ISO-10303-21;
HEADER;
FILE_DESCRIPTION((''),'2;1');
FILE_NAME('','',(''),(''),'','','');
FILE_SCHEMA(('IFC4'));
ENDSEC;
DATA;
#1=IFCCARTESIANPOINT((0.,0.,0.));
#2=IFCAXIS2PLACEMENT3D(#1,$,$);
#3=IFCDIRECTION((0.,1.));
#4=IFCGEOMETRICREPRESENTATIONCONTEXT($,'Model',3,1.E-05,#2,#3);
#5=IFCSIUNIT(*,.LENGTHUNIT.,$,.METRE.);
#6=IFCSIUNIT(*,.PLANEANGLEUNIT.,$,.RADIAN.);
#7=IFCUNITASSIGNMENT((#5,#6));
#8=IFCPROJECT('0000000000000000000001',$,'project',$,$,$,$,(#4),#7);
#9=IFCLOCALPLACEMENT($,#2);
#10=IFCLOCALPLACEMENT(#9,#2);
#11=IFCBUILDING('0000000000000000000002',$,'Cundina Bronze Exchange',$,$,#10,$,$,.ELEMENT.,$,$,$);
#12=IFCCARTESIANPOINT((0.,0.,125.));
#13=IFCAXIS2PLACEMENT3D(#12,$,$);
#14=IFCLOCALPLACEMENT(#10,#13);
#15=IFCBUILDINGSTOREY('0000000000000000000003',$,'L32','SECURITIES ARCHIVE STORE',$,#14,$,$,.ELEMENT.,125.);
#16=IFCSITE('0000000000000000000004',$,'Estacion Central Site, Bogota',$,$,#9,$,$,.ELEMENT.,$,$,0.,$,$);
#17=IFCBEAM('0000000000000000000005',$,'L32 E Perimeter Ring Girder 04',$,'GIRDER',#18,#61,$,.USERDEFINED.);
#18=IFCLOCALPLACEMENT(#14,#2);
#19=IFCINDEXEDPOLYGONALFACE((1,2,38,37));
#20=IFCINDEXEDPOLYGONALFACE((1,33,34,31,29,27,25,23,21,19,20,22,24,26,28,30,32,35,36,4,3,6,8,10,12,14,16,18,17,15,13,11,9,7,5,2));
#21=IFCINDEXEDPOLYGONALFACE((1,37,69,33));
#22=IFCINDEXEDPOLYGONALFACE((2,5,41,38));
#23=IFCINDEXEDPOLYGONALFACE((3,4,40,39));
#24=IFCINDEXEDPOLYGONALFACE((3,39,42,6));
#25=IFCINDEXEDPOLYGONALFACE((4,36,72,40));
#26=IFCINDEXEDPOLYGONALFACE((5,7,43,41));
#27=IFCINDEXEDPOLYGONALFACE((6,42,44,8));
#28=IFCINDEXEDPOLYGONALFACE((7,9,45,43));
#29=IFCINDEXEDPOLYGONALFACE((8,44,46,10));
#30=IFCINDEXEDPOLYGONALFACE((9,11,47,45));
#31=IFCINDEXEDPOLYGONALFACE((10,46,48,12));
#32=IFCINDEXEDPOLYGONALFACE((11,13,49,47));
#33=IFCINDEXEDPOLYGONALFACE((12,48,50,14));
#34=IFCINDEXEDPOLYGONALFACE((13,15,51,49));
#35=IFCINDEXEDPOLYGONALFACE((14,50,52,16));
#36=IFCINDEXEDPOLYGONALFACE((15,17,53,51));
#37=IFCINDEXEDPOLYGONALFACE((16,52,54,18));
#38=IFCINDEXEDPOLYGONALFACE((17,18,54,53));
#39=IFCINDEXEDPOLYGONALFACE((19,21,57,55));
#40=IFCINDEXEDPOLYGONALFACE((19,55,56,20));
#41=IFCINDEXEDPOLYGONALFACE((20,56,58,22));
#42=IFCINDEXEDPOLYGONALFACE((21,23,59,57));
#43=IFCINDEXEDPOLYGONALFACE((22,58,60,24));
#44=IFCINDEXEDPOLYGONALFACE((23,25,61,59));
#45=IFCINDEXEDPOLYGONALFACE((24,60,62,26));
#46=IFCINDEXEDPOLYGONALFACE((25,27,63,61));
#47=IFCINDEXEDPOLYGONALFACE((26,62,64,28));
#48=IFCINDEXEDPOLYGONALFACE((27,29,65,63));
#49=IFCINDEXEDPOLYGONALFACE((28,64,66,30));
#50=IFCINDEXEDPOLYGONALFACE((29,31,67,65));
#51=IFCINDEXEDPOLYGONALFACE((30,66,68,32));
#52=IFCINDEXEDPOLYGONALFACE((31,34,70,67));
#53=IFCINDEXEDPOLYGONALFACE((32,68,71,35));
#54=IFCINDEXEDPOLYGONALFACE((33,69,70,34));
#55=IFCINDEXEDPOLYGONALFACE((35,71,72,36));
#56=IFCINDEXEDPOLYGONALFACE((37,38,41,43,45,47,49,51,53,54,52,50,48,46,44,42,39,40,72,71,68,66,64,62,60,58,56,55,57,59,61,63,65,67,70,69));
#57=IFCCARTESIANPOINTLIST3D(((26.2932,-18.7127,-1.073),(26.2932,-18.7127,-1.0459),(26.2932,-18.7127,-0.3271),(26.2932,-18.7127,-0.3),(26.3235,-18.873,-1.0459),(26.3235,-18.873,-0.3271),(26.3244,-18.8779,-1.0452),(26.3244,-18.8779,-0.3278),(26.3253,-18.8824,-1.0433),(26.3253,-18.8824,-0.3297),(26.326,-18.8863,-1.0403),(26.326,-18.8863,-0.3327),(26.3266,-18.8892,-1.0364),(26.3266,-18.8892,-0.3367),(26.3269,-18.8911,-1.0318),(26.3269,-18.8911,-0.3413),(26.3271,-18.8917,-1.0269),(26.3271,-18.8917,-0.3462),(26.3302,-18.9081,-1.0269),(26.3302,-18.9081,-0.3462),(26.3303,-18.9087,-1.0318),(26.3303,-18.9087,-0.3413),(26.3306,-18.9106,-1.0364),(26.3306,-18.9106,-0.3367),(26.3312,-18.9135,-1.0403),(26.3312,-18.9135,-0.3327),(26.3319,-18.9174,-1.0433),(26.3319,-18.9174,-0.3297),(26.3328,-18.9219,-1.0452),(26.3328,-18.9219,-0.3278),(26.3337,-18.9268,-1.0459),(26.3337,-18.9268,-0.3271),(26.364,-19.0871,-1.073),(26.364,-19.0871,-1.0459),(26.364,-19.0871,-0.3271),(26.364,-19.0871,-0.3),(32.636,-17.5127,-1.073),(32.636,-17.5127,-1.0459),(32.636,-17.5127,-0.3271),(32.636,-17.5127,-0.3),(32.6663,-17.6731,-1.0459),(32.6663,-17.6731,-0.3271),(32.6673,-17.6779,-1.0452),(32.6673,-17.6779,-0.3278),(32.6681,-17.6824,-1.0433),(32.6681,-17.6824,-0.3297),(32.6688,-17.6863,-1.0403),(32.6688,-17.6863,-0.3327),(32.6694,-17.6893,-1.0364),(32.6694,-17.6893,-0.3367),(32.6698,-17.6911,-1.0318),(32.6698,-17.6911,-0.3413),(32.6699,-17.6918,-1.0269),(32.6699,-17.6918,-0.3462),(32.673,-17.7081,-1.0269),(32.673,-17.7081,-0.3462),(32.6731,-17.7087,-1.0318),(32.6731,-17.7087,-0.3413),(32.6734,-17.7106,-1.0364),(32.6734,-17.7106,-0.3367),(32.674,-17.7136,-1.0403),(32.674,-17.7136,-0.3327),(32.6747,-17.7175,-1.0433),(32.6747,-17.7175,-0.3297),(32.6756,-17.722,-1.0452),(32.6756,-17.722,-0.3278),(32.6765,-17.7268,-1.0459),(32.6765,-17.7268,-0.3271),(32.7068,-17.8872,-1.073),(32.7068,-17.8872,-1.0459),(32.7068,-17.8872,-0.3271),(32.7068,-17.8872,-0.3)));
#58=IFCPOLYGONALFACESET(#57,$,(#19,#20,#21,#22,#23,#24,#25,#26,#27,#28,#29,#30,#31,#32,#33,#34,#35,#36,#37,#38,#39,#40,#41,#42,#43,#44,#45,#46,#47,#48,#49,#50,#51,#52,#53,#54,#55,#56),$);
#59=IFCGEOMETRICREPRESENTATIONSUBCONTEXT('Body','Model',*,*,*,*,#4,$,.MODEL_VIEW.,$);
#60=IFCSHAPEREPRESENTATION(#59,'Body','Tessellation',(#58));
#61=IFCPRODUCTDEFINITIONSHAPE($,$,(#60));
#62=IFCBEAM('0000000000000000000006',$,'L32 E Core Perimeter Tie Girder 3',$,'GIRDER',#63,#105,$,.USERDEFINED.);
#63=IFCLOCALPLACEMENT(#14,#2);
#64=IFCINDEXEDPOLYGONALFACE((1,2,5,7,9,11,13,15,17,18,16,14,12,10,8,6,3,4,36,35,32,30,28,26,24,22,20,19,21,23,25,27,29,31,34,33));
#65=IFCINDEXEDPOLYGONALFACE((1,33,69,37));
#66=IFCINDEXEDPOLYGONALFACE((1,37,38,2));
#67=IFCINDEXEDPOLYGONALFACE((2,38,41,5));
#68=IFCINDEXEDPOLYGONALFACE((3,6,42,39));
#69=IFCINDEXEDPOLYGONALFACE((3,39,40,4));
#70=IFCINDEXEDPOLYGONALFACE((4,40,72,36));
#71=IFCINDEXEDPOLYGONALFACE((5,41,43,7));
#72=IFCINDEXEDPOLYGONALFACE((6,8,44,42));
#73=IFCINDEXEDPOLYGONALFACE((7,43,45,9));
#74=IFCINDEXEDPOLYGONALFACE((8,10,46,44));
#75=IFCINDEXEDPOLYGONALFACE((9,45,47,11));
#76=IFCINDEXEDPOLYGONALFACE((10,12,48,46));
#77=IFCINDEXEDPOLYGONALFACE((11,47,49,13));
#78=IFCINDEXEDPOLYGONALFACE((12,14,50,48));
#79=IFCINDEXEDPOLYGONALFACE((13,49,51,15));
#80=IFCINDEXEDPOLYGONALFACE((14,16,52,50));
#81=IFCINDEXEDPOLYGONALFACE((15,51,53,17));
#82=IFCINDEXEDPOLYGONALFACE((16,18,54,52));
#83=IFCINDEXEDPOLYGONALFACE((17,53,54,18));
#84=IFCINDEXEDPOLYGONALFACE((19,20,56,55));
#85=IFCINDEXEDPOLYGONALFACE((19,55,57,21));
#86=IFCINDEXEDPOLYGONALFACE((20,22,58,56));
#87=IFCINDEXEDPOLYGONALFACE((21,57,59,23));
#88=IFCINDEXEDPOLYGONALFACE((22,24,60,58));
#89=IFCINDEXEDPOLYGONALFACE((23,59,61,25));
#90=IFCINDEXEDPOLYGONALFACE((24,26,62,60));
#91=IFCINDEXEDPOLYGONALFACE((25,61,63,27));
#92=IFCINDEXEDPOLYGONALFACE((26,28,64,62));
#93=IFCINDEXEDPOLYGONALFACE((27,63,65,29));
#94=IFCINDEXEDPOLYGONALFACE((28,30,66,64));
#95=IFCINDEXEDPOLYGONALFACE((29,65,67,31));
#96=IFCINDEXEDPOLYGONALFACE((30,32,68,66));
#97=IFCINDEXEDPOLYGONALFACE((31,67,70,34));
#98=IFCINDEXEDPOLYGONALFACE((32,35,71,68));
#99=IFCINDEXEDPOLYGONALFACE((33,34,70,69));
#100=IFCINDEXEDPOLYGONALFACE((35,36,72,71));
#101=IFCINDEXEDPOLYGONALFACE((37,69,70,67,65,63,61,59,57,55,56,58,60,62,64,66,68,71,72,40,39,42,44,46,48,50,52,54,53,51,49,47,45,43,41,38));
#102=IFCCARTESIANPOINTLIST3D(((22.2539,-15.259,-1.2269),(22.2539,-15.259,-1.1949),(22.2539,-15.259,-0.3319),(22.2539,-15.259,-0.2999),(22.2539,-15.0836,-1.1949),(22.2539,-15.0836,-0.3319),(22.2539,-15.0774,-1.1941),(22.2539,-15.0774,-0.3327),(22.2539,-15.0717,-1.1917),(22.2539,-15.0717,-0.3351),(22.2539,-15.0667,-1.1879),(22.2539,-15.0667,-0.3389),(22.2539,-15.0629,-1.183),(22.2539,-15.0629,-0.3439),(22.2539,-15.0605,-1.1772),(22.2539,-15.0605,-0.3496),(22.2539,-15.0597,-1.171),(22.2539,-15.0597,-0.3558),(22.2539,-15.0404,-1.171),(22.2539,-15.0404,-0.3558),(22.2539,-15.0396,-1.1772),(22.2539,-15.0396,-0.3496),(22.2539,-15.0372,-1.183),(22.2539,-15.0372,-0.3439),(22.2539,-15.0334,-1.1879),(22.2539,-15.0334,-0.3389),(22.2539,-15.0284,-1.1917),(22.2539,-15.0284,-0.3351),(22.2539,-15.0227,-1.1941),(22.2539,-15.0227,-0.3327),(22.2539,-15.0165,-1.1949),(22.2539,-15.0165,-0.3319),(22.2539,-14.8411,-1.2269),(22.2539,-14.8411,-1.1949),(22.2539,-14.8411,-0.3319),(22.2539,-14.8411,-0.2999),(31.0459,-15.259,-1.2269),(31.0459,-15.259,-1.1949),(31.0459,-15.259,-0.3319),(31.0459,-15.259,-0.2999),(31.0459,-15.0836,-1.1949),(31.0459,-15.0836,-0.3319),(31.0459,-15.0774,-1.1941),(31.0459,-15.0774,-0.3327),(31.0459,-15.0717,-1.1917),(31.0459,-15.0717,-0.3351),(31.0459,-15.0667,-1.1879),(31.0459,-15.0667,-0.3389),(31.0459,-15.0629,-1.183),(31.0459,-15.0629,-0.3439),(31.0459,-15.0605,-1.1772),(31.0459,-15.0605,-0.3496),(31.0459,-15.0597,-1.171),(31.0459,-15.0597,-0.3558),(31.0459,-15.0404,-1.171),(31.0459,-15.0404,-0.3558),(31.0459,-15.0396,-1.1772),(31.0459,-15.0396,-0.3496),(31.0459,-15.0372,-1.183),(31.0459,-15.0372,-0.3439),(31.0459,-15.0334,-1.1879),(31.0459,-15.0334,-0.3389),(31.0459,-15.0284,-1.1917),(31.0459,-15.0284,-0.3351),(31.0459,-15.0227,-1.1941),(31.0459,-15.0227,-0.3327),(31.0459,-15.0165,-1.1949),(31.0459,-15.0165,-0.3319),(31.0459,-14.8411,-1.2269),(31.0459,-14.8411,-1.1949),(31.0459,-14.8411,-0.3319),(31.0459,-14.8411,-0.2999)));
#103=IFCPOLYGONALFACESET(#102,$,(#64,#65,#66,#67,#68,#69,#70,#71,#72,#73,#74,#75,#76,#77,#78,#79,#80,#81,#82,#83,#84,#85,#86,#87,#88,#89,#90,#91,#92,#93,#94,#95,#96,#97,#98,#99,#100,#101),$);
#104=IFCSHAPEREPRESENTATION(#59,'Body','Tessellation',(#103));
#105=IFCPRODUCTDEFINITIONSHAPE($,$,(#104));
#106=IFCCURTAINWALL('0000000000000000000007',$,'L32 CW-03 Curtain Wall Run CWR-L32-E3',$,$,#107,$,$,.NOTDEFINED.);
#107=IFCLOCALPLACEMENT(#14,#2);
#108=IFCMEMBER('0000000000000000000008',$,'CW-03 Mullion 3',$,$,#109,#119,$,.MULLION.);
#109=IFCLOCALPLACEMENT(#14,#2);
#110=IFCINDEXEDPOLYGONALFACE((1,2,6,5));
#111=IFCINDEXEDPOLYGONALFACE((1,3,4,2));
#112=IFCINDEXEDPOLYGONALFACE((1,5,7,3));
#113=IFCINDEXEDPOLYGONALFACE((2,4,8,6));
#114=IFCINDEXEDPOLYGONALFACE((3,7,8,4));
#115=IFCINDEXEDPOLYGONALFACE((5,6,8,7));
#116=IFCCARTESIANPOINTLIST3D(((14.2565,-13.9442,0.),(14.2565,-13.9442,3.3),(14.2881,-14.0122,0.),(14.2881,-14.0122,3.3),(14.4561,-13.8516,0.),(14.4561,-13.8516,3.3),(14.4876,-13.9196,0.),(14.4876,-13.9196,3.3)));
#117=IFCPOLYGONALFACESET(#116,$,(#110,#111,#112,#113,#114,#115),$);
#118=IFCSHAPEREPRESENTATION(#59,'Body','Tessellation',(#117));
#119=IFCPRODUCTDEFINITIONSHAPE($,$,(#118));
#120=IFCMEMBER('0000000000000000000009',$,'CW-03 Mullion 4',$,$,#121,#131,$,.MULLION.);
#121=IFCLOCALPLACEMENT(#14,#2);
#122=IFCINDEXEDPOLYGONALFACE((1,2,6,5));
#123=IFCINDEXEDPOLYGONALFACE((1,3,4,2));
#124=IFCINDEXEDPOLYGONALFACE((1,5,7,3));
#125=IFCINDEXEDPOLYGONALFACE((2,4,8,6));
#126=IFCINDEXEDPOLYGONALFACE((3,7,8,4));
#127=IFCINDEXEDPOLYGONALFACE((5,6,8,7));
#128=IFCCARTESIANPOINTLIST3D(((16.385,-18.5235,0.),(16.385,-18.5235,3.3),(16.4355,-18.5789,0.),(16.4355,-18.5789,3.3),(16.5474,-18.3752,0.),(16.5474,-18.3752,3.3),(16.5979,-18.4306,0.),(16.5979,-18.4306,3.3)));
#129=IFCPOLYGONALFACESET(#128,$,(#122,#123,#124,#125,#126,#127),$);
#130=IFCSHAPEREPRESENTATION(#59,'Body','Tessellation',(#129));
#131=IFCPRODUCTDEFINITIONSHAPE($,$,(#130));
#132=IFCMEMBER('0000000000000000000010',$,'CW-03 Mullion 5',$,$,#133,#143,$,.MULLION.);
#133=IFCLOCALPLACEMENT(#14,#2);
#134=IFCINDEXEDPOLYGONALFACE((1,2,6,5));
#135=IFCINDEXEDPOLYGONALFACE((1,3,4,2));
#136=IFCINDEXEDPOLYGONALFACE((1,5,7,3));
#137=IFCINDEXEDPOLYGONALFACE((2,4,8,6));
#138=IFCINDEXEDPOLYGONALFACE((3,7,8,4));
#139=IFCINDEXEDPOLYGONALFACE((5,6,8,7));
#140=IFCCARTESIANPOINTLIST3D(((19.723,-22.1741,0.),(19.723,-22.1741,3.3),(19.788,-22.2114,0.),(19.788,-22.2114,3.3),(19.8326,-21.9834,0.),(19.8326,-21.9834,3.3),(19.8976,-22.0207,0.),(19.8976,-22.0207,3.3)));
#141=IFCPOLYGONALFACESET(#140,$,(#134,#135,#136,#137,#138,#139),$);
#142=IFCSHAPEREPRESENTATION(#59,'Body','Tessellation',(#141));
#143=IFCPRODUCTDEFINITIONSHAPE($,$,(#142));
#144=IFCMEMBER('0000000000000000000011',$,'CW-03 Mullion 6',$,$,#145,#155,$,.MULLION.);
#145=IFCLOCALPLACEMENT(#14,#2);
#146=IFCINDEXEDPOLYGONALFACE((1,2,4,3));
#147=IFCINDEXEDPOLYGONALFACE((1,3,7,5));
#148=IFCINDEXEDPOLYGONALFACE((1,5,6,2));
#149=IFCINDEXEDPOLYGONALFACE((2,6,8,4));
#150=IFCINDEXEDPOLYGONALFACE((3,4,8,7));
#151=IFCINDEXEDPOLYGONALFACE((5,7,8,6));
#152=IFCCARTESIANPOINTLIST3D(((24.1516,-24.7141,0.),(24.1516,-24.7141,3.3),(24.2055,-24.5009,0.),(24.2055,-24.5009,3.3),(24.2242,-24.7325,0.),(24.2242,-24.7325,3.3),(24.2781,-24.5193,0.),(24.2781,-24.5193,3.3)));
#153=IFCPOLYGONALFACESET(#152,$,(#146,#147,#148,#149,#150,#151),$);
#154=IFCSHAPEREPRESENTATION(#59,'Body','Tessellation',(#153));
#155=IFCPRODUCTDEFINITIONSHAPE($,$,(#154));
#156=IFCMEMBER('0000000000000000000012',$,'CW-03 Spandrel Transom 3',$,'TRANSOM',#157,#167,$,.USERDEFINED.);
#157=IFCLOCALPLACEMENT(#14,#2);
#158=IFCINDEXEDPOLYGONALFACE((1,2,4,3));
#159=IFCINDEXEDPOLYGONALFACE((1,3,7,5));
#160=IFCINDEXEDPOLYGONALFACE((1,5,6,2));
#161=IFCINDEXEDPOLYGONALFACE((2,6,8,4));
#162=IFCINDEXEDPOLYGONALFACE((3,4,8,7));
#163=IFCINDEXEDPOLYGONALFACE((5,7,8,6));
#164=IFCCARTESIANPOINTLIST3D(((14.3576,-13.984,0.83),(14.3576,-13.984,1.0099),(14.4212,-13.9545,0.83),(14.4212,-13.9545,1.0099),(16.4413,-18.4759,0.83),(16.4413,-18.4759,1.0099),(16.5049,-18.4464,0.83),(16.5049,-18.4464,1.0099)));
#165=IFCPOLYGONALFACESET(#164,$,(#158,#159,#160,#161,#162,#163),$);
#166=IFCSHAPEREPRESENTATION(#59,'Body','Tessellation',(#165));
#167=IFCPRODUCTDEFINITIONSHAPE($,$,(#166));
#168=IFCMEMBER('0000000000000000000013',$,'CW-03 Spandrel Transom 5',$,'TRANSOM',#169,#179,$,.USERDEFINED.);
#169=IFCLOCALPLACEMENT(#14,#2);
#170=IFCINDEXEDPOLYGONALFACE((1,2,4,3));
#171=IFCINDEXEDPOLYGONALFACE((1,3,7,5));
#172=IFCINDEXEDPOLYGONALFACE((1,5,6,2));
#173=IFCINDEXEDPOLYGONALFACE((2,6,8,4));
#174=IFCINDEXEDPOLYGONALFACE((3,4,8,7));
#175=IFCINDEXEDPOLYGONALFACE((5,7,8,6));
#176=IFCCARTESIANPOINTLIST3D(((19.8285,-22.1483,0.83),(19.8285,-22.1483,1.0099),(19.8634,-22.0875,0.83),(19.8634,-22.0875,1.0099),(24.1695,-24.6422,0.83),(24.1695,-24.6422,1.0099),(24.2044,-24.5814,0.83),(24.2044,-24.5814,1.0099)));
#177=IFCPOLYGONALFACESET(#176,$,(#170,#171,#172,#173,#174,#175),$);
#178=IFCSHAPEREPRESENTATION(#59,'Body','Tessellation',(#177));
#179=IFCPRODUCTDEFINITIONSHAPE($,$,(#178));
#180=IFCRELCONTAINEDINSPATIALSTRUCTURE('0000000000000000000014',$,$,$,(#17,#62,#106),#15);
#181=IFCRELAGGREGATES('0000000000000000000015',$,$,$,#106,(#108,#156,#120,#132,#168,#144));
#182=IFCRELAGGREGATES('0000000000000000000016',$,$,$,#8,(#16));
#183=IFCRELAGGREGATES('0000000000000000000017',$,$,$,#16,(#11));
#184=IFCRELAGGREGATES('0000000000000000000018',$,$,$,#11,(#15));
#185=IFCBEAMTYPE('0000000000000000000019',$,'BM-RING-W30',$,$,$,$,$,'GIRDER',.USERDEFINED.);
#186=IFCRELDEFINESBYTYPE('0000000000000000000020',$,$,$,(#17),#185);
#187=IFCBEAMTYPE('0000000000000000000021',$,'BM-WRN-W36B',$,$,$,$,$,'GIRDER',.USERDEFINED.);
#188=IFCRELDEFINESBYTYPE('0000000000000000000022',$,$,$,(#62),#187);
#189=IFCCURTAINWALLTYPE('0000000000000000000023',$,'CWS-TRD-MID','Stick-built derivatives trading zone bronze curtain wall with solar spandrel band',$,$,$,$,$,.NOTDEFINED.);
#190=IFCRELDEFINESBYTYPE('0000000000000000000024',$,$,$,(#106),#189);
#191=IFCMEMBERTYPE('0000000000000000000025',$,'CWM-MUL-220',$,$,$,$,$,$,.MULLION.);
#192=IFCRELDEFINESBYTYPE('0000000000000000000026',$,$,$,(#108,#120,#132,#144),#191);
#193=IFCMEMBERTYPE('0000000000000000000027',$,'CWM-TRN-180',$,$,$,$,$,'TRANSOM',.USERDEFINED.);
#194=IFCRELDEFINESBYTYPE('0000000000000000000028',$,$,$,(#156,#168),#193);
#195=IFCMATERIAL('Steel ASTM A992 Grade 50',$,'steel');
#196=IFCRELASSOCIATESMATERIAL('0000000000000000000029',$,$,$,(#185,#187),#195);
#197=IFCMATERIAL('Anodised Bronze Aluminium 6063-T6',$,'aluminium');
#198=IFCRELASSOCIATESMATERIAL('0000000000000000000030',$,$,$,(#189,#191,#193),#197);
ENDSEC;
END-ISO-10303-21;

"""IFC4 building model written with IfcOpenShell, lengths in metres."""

from ifc_helpers import new_model, si_unit, direction, frame, origin, origin_2d, place, context, subcontext, project, spatial, rectangle, i_section, extrude, material, material_profile, profile_set, type_object, element, aggregate, save


model = new_model("IFC4")

# Units and contexts
model_context = context("Model", 3, precision=1e-05, world=origin(), true_north=direction((0.0, 1.0)))
body_context = subcontext(model_context, "Body", "Model", "MODEL_VIEW")
ifc_project = project(units=[si_unit("LENGTHUNIT", "METRE"), si_unit("PLANEANGLEUNIT", "RADIAN")], contexts=[model_context])

# Site, building, storey
site_placement = place(None, origin())
site = spatial("IfcSite", under=ifc_project, at=site_placement, Name="Estacion Central Site, Bogota", CompositionType="ELEMENT", RefElevation=0.0)
building_placement = place(site_placement, origin())
building = spatial("IfcBuilding", under=site, at=building_placement, Name="Cundina Bronze Exchange", CompositionType="ELEMENT")
storey_placement = place(building_placement, frame((0.0, 0.0, 125.0)))
storey = spatial("IfcBuildingStorey", under=building, at=storey_placement, Name="L32", Description="SECURITIES ARCHIVE STORE", CompositionType="ELEMENT", Elevation=125.0)

# Shared definitions
ifc_material_1 = material(Name="Steel ASTM A992 Grade 50", Category="steel")

# Beams
ifc_material_profile_1 = material_profile(ifc_material_1, i_section(OverallWidth=0.3811, OverallDepth=0.7729, WebThickness=0.0166, FlangeThickness=0.0271, FilletRadius=0.019, at=origin_2d()), Name="W30X173", Category="steel")
ifc_profile_set_1 = profile_set([ifc_material_profile_1], Name="Steel ASTM A992 Grade 50")
beam_type_1 = type_object("IfcBeamType", Name="BM-RING-W30", ElementType="GIRDER", PredefinedType="USERDEFINED", material=ifc_profile_set_1)
beam_1_placement = place(storey_placement, frame((26.3286, -18.8999, -0.6865), z_axis=(0.982571, 0.185887, 0.0), x_axis=(-0.185887, 0.982571, 0.0)))
element("IfcBeam", 1, at=beam_1_placement, inside=storey, type_object=beam_type_1, Name="L32 E Perimeter Ring Girder 04", ObjectType="GIRDER", PredefinedType="USERDEFINED", context=body_context, shape_type="SweptSolid", body=[
    extrude(i_section(OverallWidth=0.3811, OverallDepth=0.7729, WebThickness=0.0166, FlangeThickness=0.0271, FilletRadius=0.019, at=origin_2d()), origin(), (0.0, 0.0, 1.0), 6.4553),
])
ifc_material_profile_2 = material_profile(ifc_material_1, i_section(OverallWidth=0.418, OverallDepth=0.927, WebThickness=0.0193, FlangeThickness=0.032, FilletRadius=0.0239, at=origin_2d()), Name="W36X231", Category="steel")
ifc_profile_set_2 = profile_set([ifc_material_profile_2], Name="Steel ASTM A992 Grade 50")
beam_type_2 = type_object("IfcBeamType", Name="BM-WRN-W36B", ElementType="GIRDER", PredefinedType="USERDEFINED", material=ifc_profile_set_2)
beam_2_placement = place(storey_placement, frame((22.2539, -15.05, -0.7634), z_axis=(1.0, 0.0, 0.0), x_axis=(0.0, 1.0, 0.0)))
element("IfcBeam", 2, at=beam_2_placement, inside=storey, type_object=beam_type_2, Name="L32 E Core Perimeter Tie Girder 3", ObjectType="GIRDER", PredefinedType="USERDEFINED", context=body_context, shape_type="SweptSolid", body=[
    extrude(i_section(OverallWidth=0.418, OverallDepth=0.927, WebThickness=0.0193, FlangeThickness=0.032, FilletRadius=0.0239, at=origin_2d()), origin(), (0.0, 0.0, 1.0), 8.792),
])

# Curtain wall, members
ifc_material_2 = material(Name="Anodised Bronze Aluminium 6063-T6", Category="aluminium")
curtain_wall_type = type_object("IfcCurtainWallType", Name="CWS-TRD-MID", Description="Stick-built derivatives trading zone bronze curtain wall with solar spandrel band", PredefinedType="NOTDEFINED", material=ifc_material_2)
curtain_wall_placement = place(storey_placement, origin())
curtain_wall = element("IfcCurtainWall", 3, at=curtain_wall_placement, inside=storey, type_object=curtain_wall_type, Name="L32 CW-03 Curtain Wall Run CWR-L32-E3", PredefinedType="NOTDEFINED")
ifc_material_profile_3 = material_profile(ifc_material_2, rectangle(XDim=0.075, YDim=0.22, at=origin_2d()), Name="AL75X220", Category="aluminium")
ifc_profile_set_3 = profile_set([ifc_material_profile_3], Name="Anodised Bronze Aluminium 6063-T6")
member_type_1 = type_object("IfcMemberType", Name="CWM-MUL-220", PredefinedType="MULLION", material=ifc_profile_set_3)
member_1_placement = place(storey_placement, frame((14.3721, -13.9319, 0.0), z_axis=(0.0, 0.0, 1.0), x_axis=(0.420877, -0.907117, 0.0)))
member_1 = element("IfcMember", 4, at=member_1_placement, type_object=member_type_1, Name="CW-03 Mullion 3", PredefinedType="MULLION", context=body_context, shape_type="SweptSolid", body=[
    extrude(rectangle(XDim=0.075, YDim=0.22, at=origin_2d()), origin(), (0.0, 0.0, 1.0), 3.3),
])
member_2_placement = place(storey_placement, frame((16.4915, -18.4771, 0.0), z_axis=(0.0, 0.0, 1.0), x_axis=(0.674302, -0.738455, 0.0)))
member_2 = element("IfcMember", 5, at=member_2_placement, type_object=member_type_1, Name="CW-03 Mullion 4", PredefinedType="MULLION", context=body_context, shape_type="SweptSolid", body=[
    extrude(rectangle(XDim=0.075, YDim=0.22, at=origin_2d()), origin(), (0.0, 0.0, 1.0), 3.3),
])
member_3_placement = place(storey_placement, frame((19.8103, -22.0974, 0.0), z_axis=(0.0, 0.0, 1.0), x_axis=(0.867071, -0.498185, 0.0)))
member_3 = element("IfcMember", 6, at=member_3_placement, type_object=member_type_1, Name="CW-03 Mullion 5", PredefinedType="MULLION", context=body_context, shape_type="SweptSolid", body=[
    extrude(rectangle(XDim=0.075, YDim=0.22, at=origin_2d()), origin(), (0.0, 0.0, 1.0), 3.3),
])
member_4_placement = place(storey_placement, frame((24.2148, -24.6167, 0.0), z_axis=(0.0, 0.0, 1.0), x_axis=(0.969488, -0.245138, 0.0)))
member_4 = element("IfcMember", 7, at=member_4_placement, type_object=member_type_1, Name="CW-03 Mullion 6", PredefinedType="MULLION", context=body_context, shape_type="SweptSolid", body=[
    extrude(rectangle(XDim=0.075, YDim=0.22, at=origin_2d()), origin(), (0.0, 0.0, 1.0), 3.3),
])
ifc_material_profile_4 = material_profile(ifc_material_2, rectangle(XDim=0.0701, YDim=0.1799, at=origin_2d()), Name="AL70X180", Category="aluminium")
ifc_profile_set_4 = profile_set([ifc_material_profile_4], Name="Anodised Bronze Aluminium 6063-T6")
member_type_2 = type_object("IfcMemberType", Name="CWM-TRN-180", ElementType="TRANSOM", PredefinedType="USERDEFINED", material=ifc_profile_set_4)
member_5_placement = place(storey_placement, frame((14.3894, -13.9692, 0.9199), z_axis=(0.420811, -0.907148, 0.0), x_axis=(0.907148, 0.420811, 0.0)))
member_5 = element("IfcMember", 8, at=member_5_placement, type_object=member_type_2, Name="CW-03 Spandrel Transom 3", ObjectType="TRANSOM", PredefinedType="USERDEFINED", context=body_context, shape_type="SweptSolid", body=[
    extrude(rectangle(XDim=0.0701, YDim=0.1799, at=origin_2d()), origin(), (0.0, 0.0, 1.0), 4.9517),
])
member_6_placement = place(storey_placement, frame((19.8459, -22.1179, 0.9199), z_axis=(0.867097, -0.498139, 0.0), x_axis=(0.498139, 0.867097, 0.0)))
member_6 = element("IfcMember", 9, at=member_6_placement, type_object=member_type_2, Name="CW-03 Spandrel Transom 5", ObjectType="TRANSOM", PredefinedType="USERDEFINED", context=body_context, shape_type="SweptSolid", body=[
    extrude(rectangle(XDim=0.0701, YDim=0.1799, at=origin_2d()), origin(), (0.0, 0.0, 1.0), 5.0063),
])
aggregate(curtain_wall, [member_1, member_5, member_2, member_3, member_6, member_4])

save(model, "model.ifc")
